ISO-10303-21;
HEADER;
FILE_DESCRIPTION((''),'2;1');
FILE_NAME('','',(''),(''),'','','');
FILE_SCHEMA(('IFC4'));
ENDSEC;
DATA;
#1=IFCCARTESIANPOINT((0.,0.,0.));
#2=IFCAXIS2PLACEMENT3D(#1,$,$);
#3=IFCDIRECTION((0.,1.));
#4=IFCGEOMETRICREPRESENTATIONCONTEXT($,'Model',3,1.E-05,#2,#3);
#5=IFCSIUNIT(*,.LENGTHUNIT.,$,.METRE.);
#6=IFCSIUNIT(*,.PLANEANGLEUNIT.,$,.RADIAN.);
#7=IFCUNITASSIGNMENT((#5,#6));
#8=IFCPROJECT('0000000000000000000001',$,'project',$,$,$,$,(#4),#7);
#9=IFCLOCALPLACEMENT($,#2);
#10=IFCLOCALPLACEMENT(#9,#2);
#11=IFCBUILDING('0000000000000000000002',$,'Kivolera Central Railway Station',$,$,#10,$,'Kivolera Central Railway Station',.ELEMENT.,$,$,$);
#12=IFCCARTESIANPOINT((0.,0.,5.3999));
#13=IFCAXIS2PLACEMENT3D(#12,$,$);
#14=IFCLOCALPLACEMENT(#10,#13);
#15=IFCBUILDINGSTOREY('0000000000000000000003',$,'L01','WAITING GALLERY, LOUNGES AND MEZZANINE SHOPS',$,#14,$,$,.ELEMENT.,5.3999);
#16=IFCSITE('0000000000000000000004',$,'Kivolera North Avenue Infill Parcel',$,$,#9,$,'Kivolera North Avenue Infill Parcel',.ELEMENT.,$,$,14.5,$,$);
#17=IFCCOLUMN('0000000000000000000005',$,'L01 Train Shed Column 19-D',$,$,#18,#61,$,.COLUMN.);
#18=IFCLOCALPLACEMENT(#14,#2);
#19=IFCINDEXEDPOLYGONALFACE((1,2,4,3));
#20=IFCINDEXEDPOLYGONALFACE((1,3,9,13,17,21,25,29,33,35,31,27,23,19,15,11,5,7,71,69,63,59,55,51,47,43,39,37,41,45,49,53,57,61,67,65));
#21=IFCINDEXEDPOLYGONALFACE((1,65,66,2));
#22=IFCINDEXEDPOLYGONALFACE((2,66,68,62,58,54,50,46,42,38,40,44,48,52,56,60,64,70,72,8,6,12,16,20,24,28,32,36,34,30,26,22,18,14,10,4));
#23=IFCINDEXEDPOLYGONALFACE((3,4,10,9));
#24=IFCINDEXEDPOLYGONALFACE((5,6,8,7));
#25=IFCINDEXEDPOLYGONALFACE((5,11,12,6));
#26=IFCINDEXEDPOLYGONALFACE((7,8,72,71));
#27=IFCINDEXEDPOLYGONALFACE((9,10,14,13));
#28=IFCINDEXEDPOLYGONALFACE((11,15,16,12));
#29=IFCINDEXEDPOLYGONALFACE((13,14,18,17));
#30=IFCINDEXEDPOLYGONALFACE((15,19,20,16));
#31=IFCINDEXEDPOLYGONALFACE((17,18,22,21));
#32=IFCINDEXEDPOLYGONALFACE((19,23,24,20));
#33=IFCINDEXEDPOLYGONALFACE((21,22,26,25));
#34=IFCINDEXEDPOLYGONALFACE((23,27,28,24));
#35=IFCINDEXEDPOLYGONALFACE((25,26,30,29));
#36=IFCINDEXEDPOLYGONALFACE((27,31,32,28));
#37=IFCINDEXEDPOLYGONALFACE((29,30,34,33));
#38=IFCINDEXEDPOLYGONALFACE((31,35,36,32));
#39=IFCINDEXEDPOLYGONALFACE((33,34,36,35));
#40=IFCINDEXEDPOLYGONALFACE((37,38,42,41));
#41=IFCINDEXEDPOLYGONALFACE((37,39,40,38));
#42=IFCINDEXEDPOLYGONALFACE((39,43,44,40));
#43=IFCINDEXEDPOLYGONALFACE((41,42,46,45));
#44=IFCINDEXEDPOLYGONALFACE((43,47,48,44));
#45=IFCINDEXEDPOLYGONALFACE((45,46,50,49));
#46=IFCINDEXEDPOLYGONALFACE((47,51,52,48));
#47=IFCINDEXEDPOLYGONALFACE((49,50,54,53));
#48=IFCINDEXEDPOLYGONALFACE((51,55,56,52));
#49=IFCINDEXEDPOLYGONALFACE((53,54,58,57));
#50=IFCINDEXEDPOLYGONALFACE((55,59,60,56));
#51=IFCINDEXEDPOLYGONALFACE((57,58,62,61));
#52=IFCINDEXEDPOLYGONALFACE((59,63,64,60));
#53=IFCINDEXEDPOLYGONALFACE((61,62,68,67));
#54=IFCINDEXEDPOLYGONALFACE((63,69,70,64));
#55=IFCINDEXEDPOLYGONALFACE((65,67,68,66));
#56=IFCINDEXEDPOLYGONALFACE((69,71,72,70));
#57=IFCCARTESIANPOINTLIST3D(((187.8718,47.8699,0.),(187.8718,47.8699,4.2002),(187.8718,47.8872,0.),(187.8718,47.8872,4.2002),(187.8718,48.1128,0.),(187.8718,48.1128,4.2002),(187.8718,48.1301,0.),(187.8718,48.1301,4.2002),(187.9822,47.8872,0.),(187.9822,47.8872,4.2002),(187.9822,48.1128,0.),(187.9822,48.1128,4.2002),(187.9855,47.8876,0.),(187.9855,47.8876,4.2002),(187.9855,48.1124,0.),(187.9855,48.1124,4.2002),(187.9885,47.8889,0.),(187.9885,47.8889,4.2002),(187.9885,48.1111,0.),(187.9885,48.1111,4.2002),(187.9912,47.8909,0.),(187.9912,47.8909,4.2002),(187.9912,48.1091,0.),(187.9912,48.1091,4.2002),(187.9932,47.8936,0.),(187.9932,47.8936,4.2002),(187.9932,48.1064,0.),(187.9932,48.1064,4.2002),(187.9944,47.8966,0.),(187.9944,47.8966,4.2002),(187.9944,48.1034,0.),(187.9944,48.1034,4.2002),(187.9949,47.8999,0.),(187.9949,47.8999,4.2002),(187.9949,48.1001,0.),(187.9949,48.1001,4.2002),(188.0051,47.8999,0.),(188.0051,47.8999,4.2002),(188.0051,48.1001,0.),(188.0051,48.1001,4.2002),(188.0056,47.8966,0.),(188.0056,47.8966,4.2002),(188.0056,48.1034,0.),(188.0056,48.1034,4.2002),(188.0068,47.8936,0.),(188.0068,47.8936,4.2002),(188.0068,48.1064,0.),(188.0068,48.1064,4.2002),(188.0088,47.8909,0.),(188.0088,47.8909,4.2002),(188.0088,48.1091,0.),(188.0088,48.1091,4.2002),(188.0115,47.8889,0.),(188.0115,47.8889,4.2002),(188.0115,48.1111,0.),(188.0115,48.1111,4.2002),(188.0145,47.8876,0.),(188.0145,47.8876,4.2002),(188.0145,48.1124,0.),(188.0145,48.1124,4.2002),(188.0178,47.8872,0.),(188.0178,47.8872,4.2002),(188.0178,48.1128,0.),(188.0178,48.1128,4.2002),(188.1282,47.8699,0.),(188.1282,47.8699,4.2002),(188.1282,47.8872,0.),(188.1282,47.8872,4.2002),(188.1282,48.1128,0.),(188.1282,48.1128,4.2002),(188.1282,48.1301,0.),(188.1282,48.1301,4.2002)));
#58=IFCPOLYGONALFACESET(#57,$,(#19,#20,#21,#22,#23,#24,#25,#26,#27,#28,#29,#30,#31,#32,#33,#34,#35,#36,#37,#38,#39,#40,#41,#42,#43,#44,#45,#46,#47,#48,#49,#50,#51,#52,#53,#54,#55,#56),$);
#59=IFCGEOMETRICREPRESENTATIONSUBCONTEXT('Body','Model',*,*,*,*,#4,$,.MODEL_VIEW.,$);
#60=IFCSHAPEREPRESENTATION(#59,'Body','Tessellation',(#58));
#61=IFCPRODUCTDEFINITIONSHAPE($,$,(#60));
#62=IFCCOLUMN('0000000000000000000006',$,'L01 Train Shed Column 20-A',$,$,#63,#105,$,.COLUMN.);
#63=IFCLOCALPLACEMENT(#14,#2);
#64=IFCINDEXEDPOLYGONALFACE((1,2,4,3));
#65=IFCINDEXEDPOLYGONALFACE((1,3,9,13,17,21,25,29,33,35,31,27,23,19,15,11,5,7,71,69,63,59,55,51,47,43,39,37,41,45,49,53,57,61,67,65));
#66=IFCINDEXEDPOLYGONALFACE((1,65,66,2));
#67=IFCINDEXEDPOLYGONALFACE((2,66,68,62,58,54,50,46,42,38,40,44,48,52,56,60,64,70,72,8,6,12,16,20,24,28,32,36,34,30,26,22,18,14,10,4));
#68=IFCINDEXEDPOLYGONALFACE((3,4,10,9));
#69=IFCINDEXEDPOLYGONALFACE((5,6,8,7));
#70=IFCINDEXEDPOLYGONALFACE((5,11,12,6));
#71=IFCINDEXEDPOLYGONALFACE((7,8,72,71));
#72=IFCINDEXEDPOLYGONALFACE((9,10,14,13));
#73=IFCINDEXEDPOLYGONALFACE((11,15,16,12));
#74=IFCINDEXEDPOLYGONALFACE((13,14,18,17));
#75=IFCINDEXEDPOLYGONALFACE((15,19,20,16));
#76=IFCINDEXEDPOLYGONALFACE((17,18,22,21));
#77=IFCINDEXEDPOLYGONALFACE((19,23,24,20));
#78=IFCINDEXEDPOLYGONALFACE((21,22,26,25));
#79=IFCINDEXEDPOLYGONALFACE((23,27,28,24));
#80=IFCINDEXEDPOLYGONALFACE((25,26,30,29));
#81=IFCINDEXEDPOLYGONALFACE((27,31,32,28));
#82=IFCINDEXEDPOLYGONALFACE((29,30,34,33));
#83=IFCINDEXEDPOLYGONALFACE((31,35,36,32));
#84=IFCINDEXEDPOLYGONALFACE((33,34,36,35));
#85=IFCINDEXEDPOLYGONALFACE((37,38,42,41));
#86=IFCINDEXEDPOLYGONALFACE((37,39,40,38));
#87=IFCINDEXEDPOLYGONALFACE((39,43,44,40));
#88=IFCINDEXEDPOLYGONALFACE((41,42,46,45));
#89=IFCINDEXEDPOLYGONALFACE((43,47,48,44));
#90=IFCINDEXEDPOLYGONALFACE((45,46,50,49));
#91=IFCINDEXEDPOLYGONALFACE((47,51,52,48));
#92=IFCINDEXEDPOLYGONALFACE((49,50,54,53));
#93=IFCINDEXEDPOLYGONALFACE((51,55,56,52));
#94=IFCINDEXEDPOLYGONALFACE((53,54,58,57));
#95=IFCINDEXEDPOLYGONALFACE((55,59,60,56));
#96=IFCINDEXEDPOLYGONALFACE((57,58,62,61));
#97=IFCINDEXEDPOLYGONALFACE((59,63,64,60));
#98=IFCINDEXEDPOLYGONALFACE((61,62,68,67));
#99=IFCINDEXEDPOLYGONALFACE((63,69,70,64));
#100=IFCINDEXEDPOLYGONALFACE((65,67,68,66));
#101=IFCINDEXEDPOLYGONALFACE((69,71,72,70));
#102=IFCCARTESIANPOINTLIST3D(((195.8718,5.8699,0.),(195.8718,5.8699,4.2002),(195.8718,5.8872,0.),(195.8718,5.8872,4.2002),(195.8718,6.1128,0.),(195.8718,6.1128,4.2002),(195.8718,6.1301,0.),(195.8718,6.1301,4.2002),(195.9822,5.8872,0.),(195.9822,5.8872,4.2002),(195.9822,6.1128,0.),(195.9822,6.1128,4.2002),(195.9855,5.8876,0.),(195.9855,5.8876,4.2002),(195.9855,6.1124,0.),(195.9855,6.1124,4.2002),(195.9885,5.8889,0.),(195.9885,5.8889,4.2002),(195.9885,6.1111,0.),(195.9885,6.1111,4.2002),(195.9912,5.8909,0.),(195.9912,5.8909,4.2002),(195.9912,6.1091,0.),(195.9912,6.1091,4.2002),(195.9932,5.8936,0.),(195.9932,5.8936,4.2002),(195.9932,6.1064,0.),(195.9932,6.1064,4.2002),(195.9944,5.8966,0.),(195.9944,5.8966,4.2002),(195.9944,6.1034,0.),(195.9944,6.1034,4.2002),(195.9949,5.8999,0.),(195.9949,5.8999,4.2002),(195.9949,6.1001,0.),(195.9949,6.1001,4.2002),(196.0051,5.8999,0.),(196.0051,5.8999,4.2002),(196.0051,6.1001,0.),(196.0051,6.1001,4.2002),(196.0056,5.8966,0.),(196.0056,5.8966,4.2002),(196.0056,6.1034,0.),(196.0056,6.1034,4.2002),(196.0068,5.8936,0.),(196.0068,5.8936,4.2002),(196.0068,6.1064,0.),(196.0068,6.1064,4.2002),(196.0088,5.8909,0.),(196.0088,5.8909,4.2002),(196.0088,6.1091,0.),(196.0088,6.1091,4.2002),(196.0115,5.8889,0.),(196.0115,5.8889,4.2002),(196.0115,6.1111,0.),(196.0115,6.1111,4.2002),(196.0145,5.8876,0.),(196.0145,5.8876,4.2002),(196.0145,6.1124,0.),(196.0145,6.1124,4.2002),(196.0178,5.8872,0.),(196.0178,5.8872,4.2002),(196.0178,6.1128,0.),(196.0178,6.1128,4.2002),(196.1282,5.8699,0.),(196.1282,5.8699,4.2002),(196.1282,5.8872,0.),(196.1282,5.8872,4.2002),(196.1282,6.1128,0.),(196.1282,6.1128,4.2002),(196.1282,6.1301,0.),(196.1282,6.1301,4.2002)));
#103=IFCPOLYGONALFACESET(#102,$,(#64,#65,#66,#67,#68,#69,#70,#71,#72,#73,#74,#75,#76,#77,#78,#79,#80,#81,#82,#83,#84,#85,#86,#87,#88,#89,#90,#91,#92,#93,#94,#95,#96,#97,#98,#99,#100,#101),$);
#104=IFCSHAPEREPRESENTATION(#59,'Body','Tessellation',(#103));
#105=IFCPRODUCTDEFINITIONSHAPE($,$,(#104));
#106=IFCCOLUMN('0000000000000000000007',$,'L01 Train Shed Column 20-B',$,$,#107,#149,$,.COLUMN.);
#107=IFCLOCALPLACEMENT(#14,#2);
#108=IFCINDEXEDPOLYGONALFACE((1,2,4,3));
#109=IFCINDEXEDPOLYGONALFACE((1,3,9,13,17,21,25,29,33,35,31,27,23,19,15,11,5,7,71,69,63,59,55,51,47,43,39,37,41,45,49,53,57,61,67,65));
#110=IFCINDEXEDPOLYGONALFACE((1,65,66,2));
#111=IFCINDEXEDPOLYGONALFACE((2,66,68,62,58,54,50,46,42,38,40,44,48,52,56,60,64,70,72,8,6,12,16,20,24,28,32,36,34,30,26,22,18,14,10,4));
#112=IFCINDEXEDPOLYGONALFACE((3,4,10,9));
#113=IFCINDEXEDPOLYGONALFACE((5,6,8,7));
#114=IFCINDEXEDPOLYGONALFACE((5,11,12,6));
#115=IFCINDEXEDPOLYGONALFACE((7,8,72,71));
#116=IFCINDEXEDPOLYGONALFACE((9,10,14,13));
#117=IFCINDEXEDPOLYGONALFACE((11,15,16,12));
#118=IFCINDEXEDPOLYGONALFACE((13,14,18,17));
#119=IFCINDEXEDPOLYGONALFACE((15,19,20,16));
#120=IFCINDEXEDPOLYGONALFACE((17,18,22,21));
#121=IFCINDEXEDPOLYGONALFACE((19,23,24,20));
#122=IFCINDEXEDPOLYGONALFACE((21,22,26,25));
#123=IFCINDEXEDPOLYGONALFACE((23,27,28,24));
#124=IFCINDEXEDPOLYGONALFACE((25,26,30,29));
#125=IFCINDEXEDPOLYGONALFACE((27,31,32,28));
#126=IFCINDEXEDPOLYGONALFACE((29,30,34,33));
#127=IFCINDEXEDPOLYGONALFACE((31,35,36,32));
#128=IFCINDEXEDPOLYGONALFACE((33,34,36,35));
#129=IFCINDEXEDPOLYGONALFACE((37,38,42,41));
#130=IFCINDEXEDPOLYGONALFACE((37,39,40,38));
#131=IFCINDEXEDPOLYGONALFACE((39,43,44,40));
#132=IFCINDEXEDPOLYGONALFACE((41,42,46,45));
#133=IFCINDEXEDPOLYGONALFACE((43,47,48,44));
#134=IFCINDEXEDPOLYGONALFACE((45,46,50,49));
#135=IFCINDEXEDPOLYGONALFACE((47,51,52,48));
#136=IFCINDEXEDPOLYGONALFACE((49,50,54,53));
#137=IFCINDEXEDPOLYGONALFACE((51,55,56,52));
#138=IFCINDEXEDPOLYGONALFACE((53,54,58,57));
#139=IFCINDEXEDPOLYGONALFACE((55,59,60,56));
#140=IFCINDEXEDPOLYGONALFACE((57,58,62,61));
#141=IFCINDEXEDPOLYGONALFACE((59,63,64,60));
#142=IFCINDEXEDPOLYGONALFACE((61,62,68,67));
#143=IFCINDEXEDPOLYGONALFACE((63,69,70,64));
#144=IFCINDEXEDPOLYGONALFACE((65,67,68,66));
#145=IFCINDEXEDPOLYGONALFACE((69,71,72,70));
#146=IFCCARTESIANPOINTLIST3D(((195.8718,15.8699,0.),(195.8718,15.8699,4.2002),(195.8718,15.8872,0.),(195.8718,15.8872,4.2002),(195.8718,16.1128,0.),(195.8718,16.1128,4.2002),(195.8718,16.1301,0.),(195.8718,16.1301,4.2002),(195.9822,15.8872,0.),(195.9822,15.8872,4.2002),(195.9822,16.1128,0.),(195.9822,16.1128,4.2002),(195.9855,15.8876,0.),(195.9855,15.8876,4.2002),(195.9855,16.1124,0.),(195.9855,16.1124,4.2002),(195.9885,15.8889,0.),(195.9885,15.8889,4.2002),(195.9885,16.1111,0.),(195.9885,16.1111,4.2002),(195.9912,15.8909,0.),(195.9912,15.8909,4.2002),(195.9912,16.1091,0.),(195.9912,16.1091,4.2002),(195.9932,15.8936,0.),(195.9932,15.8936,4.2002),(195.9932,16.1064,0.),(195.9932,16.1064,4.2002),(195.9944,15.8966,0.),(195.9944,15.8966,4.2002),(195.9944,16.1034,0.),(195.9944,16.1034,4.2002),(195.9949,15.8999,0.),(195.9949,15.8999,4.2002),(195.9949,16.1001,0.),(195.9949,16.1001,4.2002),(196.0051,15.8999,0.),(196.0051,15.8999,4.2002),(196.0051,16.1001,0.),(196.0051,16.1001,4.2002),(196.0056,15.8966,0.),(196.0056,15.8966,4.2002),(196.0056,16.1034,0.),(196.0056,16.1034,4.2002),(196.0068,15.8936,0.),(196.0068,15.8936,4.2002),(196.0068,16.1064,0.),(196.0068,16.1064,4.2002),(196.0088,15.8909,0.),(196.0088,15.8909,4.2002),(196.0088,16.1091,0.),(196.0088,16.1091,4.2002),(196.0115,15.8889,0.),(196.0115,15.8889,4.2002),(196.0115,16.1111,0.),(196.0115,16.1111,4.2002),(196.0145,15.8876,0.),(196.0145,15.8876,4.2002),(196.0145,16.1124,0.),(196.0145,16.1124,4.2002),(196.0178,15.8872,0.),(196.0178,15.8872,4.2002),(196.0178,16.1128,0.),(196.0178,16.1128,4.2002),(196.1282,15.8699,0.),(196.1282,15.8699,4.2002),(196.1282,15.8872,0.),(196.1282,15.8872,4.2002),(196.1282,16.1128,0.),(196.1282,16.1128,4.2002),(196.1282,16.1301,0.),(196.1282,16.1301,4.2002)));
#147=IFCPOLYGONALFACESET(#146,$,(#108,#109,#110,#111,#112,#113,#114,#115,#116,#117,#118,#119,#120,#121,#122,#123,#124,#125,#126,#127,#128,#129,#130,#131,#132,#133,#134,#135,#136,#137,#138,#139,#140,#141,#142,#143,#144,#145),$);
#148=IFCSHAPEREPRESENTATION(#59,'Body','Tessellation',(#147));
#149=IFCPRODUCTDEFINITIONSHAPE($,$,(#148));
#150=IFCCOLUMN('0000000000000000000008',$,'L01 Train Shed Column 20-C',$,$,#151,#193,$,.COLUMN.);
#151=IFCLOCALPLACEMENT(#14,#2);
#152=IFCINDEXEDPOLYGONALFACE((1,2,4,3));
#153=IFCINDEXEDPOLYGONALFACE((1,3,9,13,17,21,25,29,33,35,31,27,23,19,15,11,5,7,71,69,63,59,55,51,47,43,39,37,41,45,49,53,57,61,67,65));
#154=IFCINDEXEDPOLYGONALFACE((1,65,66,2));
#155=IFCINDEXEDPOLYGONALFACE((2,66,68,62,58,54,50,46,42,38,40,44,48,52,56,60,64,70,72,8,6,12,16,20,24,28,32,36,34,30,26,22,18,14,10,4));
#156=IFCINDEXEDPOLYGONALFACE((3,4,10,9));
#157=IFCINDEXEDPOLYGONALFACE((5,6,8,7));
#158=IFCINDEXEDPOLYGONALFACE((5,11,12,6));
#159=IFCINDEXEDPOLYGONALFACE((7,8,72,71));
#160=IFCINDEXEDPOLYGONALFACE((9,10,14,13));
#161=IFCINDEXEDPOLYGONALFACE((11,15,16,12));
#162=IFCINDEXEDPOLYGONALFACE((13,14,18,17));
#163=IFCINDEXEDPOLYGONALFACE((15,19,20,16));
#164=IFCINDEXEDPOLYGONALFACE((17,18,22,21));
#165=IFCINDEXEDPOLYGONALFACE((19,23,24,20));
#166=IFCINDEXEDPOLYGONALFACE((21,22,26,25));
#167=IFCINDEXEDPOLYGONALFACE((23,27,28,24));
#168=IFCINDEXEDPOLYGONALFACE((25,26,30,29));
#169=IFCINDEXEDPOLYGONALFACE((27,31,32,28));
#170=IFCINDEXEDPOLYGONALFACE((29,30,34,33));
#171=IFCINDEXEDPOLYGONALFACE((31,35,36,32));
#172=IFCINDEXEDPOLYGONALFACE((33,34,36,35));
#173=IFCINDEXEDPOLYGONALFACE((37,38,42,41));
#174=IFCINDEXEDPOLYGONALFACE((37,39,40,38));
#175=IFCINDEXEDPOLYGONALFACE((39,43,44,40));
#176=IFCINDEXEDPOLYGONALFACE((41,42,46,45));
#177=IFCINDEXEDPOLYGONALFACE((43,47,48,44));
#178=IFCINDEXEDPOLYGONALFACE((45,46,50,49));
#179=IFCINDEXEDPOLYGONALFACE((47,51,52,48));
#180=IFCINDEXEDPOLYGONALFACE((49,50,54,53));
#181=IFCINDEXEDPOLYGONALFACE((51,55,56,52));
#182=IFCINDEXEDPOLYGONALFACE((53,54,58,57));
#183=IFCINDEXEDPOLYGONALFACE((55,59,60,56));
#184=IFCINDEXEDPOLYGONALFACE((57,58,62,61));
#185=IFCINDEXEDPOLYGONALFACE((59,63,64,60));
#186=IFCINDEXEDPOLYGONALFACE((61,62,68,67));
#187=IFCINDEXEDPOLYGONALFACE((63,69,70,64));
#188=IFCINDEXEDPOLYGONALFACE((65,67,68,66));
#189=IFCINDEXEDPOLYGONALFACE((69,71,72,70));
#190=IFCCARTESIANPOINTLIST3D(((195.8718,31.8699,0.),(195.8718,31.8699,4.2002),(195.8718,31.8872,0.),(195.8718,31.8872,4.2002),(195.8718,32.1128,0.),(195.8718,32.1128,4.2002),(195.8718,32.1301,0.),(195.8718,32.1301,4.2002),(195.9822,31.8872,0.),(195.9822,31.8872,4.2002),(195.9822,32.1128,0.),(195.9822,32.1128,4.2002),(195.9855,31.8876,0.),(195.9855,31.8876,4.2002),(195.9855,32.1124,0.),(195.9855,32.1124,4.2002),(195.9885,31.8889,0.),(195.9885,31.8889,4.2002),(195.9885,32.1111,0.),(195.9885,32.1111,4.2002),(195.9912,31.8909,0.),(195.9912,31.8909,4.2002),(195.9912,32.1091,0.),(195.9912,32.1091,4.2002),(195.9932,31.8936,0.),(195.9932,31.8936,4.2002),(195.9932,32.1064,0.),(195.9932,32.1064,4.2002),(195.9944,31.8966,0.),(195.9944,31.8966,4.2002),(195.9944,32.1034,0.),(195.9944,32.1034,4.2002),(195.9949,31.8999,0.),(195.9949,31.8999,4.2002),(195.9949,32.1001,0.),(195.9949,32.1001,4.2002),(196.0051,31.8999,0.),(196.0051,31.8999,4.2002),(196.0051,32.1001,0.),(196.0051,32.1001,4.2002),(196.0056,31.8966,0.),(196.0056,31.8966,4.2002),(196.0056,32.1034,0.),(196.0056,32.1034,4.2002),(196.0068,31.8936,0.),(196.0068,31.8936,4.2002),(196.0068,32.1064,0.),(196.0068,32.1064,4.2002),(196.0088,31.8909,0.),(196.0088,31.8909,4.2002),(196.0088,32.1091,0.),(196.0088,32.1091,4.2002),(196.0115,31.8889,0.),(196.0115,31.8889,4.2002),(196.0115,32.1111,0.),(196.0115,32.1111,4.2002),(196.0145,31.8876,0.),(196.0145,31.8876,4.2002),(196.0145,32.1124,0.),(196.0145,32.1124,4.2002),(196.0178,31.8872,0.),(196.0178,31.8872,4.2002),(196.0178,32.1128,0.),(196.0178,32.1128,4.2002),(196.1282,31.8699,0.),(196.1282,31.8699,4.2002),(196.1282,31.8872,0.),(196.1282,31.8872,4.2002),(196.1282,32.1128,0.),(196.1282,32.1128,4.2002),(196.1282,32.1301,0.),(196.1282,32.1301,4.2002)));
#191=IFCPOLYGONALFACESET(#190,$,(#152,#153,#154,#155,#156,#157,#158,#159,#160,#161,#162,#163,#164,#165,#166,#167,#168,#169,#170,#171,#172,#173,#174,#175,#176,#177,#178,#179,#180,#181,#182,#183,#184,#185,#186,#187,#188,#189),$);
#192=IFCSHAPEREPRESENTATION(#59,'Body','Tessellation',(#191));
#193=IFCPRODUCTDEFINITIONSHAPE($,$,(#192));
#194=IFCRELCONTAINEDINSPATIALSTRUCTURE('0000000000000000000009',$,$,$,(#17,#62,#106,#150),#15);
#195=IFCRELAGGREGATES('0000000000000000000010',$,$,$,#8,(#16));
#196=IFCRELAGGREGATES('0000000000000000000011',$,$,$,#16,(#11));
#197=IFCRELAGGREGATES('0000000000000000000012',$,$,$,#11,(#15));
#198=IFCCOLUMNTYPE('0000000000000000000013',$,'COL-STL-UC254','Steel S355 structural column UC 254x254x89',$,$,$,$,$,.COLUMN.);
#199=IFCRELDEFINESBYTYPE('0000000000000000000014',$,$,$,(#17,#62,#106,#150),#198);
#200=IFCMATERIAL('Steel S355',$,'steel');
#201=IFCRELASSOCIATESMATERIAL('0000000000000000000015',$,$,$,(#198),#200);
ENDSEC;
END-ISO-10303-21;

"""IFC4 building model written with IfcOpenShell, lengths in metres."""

from ifc_helpers import new_model, si_unit, direction, frame, origin, origin_2d, place, context, subcontext, project, spatial, i_section, extrude, material, material_profile, profile_set, type_object, element, save


model = new_model("IFC4")

# Units and contexts
model_context = context("Model", 3, precision=1e-05, world=origin(), true_north=direction((0.0, 1.0)))
body_context = subcontext(model_context, "Body", "Model", "MODEL_VIEW")
ifc_project = project(units=[si_unit("LENGTHUNIT", "METRE"), si_unit("PLANEANGLEUNIT", "RADIAN")], contexts=[model_context])

# Site, building, storey
site_placement = place(None, origin())
site = spatial("IfcSite", under=ifc_project, at=site_placement, Name="Kivolera North Avenue Infill Parcel", LongName="Kivolera North Avenue Infill Parcel", CompositionType="ELEMENT", RefElevation=14.5)
building_placement = place(site_placement, origin())
building = spatial("IfcBuilding", under=site, at=building_placement, Name="Kivolera Central Railway Station", LongName="Kivolera Central Railway Station", CompositionType="ELEMENT")
storey_placement = place(building_placement, frame((0.0, 0.0, 5.3999)))
storey = spatial("IfcBuildingStorey", under=building, at=storey_placement, Name="L01", Description="WAITING GALLERY, LOUNGES AND MEZZANINE SHOPS", CompositionType="ELEMENT", Elevation=5.3999)

# Columns
ifc_material_1 = material(Name="Steel S355", Category="steel")
ifc_material_profile_1 = material_profile(ifc_material_1, i_section(OverallWidth=0.2563, OverallDepth=0.2603, WebThickness=0.0103, FlangeThickness=0.0173, FilletRadius=0.0127, at=origin_2d()), Name="UC 254x254x89")
ifc_profile_set_1 = profile_set([ifc_material_profile_1], Name="Steel S355")
column_type_1 = type_object("IfcColumnType", Name="COL-STL-UC254", Description="Steel S355 structural column UC 254x254x89", PredefinedType="COLUMN", material=ifc_profile_set_1)
for number, where, z_axis, x_axis, name in (
    (1, (188.0, 48.0, 0.0), (0.0, 0.0, 1.0), (1.0, 0.0, 0.0), "L01 Train Shed Column 19-D"),
    (2, (196.0, 6.0, 0.0), (0.0, 0.0, 1.0), (1.0, 0.0, 0.0), "L01 Train Shed Column 20-A"),
    (3, (196.0, 16.0, 0.0), (0.0, 0.0, 1.0), (1.0, 0.0, 0.0), "L01 Train Shed Column 20-B"),
    (4, (196.0, 32.0, 0.0), (0.0, 0.0, 1.0), (1.0, 0.0, 0.0), "L01 Train Shed Column 20-C"),
):
    element("IfcColumn", number, at=place(storey_placement, frame(where, z_axis=z_axis, x_axis=x_axis)), inside=storey, type_object=column_type_1, Name=name, PredefinedType="COLUMN", context=body_context, shape_type="SweptSolid", body=[
        extrude(i_section(OverallWidth=0.2563, OverallDepth=0.2603, WebThickness=0.0103, FlangeThickness=0.0173, FilletRadius=0.0127, at=origin_2d()), origin(), (0.0, 0.0, 1.0), 4.2002),
    ])

save(model, "model.ifc")
